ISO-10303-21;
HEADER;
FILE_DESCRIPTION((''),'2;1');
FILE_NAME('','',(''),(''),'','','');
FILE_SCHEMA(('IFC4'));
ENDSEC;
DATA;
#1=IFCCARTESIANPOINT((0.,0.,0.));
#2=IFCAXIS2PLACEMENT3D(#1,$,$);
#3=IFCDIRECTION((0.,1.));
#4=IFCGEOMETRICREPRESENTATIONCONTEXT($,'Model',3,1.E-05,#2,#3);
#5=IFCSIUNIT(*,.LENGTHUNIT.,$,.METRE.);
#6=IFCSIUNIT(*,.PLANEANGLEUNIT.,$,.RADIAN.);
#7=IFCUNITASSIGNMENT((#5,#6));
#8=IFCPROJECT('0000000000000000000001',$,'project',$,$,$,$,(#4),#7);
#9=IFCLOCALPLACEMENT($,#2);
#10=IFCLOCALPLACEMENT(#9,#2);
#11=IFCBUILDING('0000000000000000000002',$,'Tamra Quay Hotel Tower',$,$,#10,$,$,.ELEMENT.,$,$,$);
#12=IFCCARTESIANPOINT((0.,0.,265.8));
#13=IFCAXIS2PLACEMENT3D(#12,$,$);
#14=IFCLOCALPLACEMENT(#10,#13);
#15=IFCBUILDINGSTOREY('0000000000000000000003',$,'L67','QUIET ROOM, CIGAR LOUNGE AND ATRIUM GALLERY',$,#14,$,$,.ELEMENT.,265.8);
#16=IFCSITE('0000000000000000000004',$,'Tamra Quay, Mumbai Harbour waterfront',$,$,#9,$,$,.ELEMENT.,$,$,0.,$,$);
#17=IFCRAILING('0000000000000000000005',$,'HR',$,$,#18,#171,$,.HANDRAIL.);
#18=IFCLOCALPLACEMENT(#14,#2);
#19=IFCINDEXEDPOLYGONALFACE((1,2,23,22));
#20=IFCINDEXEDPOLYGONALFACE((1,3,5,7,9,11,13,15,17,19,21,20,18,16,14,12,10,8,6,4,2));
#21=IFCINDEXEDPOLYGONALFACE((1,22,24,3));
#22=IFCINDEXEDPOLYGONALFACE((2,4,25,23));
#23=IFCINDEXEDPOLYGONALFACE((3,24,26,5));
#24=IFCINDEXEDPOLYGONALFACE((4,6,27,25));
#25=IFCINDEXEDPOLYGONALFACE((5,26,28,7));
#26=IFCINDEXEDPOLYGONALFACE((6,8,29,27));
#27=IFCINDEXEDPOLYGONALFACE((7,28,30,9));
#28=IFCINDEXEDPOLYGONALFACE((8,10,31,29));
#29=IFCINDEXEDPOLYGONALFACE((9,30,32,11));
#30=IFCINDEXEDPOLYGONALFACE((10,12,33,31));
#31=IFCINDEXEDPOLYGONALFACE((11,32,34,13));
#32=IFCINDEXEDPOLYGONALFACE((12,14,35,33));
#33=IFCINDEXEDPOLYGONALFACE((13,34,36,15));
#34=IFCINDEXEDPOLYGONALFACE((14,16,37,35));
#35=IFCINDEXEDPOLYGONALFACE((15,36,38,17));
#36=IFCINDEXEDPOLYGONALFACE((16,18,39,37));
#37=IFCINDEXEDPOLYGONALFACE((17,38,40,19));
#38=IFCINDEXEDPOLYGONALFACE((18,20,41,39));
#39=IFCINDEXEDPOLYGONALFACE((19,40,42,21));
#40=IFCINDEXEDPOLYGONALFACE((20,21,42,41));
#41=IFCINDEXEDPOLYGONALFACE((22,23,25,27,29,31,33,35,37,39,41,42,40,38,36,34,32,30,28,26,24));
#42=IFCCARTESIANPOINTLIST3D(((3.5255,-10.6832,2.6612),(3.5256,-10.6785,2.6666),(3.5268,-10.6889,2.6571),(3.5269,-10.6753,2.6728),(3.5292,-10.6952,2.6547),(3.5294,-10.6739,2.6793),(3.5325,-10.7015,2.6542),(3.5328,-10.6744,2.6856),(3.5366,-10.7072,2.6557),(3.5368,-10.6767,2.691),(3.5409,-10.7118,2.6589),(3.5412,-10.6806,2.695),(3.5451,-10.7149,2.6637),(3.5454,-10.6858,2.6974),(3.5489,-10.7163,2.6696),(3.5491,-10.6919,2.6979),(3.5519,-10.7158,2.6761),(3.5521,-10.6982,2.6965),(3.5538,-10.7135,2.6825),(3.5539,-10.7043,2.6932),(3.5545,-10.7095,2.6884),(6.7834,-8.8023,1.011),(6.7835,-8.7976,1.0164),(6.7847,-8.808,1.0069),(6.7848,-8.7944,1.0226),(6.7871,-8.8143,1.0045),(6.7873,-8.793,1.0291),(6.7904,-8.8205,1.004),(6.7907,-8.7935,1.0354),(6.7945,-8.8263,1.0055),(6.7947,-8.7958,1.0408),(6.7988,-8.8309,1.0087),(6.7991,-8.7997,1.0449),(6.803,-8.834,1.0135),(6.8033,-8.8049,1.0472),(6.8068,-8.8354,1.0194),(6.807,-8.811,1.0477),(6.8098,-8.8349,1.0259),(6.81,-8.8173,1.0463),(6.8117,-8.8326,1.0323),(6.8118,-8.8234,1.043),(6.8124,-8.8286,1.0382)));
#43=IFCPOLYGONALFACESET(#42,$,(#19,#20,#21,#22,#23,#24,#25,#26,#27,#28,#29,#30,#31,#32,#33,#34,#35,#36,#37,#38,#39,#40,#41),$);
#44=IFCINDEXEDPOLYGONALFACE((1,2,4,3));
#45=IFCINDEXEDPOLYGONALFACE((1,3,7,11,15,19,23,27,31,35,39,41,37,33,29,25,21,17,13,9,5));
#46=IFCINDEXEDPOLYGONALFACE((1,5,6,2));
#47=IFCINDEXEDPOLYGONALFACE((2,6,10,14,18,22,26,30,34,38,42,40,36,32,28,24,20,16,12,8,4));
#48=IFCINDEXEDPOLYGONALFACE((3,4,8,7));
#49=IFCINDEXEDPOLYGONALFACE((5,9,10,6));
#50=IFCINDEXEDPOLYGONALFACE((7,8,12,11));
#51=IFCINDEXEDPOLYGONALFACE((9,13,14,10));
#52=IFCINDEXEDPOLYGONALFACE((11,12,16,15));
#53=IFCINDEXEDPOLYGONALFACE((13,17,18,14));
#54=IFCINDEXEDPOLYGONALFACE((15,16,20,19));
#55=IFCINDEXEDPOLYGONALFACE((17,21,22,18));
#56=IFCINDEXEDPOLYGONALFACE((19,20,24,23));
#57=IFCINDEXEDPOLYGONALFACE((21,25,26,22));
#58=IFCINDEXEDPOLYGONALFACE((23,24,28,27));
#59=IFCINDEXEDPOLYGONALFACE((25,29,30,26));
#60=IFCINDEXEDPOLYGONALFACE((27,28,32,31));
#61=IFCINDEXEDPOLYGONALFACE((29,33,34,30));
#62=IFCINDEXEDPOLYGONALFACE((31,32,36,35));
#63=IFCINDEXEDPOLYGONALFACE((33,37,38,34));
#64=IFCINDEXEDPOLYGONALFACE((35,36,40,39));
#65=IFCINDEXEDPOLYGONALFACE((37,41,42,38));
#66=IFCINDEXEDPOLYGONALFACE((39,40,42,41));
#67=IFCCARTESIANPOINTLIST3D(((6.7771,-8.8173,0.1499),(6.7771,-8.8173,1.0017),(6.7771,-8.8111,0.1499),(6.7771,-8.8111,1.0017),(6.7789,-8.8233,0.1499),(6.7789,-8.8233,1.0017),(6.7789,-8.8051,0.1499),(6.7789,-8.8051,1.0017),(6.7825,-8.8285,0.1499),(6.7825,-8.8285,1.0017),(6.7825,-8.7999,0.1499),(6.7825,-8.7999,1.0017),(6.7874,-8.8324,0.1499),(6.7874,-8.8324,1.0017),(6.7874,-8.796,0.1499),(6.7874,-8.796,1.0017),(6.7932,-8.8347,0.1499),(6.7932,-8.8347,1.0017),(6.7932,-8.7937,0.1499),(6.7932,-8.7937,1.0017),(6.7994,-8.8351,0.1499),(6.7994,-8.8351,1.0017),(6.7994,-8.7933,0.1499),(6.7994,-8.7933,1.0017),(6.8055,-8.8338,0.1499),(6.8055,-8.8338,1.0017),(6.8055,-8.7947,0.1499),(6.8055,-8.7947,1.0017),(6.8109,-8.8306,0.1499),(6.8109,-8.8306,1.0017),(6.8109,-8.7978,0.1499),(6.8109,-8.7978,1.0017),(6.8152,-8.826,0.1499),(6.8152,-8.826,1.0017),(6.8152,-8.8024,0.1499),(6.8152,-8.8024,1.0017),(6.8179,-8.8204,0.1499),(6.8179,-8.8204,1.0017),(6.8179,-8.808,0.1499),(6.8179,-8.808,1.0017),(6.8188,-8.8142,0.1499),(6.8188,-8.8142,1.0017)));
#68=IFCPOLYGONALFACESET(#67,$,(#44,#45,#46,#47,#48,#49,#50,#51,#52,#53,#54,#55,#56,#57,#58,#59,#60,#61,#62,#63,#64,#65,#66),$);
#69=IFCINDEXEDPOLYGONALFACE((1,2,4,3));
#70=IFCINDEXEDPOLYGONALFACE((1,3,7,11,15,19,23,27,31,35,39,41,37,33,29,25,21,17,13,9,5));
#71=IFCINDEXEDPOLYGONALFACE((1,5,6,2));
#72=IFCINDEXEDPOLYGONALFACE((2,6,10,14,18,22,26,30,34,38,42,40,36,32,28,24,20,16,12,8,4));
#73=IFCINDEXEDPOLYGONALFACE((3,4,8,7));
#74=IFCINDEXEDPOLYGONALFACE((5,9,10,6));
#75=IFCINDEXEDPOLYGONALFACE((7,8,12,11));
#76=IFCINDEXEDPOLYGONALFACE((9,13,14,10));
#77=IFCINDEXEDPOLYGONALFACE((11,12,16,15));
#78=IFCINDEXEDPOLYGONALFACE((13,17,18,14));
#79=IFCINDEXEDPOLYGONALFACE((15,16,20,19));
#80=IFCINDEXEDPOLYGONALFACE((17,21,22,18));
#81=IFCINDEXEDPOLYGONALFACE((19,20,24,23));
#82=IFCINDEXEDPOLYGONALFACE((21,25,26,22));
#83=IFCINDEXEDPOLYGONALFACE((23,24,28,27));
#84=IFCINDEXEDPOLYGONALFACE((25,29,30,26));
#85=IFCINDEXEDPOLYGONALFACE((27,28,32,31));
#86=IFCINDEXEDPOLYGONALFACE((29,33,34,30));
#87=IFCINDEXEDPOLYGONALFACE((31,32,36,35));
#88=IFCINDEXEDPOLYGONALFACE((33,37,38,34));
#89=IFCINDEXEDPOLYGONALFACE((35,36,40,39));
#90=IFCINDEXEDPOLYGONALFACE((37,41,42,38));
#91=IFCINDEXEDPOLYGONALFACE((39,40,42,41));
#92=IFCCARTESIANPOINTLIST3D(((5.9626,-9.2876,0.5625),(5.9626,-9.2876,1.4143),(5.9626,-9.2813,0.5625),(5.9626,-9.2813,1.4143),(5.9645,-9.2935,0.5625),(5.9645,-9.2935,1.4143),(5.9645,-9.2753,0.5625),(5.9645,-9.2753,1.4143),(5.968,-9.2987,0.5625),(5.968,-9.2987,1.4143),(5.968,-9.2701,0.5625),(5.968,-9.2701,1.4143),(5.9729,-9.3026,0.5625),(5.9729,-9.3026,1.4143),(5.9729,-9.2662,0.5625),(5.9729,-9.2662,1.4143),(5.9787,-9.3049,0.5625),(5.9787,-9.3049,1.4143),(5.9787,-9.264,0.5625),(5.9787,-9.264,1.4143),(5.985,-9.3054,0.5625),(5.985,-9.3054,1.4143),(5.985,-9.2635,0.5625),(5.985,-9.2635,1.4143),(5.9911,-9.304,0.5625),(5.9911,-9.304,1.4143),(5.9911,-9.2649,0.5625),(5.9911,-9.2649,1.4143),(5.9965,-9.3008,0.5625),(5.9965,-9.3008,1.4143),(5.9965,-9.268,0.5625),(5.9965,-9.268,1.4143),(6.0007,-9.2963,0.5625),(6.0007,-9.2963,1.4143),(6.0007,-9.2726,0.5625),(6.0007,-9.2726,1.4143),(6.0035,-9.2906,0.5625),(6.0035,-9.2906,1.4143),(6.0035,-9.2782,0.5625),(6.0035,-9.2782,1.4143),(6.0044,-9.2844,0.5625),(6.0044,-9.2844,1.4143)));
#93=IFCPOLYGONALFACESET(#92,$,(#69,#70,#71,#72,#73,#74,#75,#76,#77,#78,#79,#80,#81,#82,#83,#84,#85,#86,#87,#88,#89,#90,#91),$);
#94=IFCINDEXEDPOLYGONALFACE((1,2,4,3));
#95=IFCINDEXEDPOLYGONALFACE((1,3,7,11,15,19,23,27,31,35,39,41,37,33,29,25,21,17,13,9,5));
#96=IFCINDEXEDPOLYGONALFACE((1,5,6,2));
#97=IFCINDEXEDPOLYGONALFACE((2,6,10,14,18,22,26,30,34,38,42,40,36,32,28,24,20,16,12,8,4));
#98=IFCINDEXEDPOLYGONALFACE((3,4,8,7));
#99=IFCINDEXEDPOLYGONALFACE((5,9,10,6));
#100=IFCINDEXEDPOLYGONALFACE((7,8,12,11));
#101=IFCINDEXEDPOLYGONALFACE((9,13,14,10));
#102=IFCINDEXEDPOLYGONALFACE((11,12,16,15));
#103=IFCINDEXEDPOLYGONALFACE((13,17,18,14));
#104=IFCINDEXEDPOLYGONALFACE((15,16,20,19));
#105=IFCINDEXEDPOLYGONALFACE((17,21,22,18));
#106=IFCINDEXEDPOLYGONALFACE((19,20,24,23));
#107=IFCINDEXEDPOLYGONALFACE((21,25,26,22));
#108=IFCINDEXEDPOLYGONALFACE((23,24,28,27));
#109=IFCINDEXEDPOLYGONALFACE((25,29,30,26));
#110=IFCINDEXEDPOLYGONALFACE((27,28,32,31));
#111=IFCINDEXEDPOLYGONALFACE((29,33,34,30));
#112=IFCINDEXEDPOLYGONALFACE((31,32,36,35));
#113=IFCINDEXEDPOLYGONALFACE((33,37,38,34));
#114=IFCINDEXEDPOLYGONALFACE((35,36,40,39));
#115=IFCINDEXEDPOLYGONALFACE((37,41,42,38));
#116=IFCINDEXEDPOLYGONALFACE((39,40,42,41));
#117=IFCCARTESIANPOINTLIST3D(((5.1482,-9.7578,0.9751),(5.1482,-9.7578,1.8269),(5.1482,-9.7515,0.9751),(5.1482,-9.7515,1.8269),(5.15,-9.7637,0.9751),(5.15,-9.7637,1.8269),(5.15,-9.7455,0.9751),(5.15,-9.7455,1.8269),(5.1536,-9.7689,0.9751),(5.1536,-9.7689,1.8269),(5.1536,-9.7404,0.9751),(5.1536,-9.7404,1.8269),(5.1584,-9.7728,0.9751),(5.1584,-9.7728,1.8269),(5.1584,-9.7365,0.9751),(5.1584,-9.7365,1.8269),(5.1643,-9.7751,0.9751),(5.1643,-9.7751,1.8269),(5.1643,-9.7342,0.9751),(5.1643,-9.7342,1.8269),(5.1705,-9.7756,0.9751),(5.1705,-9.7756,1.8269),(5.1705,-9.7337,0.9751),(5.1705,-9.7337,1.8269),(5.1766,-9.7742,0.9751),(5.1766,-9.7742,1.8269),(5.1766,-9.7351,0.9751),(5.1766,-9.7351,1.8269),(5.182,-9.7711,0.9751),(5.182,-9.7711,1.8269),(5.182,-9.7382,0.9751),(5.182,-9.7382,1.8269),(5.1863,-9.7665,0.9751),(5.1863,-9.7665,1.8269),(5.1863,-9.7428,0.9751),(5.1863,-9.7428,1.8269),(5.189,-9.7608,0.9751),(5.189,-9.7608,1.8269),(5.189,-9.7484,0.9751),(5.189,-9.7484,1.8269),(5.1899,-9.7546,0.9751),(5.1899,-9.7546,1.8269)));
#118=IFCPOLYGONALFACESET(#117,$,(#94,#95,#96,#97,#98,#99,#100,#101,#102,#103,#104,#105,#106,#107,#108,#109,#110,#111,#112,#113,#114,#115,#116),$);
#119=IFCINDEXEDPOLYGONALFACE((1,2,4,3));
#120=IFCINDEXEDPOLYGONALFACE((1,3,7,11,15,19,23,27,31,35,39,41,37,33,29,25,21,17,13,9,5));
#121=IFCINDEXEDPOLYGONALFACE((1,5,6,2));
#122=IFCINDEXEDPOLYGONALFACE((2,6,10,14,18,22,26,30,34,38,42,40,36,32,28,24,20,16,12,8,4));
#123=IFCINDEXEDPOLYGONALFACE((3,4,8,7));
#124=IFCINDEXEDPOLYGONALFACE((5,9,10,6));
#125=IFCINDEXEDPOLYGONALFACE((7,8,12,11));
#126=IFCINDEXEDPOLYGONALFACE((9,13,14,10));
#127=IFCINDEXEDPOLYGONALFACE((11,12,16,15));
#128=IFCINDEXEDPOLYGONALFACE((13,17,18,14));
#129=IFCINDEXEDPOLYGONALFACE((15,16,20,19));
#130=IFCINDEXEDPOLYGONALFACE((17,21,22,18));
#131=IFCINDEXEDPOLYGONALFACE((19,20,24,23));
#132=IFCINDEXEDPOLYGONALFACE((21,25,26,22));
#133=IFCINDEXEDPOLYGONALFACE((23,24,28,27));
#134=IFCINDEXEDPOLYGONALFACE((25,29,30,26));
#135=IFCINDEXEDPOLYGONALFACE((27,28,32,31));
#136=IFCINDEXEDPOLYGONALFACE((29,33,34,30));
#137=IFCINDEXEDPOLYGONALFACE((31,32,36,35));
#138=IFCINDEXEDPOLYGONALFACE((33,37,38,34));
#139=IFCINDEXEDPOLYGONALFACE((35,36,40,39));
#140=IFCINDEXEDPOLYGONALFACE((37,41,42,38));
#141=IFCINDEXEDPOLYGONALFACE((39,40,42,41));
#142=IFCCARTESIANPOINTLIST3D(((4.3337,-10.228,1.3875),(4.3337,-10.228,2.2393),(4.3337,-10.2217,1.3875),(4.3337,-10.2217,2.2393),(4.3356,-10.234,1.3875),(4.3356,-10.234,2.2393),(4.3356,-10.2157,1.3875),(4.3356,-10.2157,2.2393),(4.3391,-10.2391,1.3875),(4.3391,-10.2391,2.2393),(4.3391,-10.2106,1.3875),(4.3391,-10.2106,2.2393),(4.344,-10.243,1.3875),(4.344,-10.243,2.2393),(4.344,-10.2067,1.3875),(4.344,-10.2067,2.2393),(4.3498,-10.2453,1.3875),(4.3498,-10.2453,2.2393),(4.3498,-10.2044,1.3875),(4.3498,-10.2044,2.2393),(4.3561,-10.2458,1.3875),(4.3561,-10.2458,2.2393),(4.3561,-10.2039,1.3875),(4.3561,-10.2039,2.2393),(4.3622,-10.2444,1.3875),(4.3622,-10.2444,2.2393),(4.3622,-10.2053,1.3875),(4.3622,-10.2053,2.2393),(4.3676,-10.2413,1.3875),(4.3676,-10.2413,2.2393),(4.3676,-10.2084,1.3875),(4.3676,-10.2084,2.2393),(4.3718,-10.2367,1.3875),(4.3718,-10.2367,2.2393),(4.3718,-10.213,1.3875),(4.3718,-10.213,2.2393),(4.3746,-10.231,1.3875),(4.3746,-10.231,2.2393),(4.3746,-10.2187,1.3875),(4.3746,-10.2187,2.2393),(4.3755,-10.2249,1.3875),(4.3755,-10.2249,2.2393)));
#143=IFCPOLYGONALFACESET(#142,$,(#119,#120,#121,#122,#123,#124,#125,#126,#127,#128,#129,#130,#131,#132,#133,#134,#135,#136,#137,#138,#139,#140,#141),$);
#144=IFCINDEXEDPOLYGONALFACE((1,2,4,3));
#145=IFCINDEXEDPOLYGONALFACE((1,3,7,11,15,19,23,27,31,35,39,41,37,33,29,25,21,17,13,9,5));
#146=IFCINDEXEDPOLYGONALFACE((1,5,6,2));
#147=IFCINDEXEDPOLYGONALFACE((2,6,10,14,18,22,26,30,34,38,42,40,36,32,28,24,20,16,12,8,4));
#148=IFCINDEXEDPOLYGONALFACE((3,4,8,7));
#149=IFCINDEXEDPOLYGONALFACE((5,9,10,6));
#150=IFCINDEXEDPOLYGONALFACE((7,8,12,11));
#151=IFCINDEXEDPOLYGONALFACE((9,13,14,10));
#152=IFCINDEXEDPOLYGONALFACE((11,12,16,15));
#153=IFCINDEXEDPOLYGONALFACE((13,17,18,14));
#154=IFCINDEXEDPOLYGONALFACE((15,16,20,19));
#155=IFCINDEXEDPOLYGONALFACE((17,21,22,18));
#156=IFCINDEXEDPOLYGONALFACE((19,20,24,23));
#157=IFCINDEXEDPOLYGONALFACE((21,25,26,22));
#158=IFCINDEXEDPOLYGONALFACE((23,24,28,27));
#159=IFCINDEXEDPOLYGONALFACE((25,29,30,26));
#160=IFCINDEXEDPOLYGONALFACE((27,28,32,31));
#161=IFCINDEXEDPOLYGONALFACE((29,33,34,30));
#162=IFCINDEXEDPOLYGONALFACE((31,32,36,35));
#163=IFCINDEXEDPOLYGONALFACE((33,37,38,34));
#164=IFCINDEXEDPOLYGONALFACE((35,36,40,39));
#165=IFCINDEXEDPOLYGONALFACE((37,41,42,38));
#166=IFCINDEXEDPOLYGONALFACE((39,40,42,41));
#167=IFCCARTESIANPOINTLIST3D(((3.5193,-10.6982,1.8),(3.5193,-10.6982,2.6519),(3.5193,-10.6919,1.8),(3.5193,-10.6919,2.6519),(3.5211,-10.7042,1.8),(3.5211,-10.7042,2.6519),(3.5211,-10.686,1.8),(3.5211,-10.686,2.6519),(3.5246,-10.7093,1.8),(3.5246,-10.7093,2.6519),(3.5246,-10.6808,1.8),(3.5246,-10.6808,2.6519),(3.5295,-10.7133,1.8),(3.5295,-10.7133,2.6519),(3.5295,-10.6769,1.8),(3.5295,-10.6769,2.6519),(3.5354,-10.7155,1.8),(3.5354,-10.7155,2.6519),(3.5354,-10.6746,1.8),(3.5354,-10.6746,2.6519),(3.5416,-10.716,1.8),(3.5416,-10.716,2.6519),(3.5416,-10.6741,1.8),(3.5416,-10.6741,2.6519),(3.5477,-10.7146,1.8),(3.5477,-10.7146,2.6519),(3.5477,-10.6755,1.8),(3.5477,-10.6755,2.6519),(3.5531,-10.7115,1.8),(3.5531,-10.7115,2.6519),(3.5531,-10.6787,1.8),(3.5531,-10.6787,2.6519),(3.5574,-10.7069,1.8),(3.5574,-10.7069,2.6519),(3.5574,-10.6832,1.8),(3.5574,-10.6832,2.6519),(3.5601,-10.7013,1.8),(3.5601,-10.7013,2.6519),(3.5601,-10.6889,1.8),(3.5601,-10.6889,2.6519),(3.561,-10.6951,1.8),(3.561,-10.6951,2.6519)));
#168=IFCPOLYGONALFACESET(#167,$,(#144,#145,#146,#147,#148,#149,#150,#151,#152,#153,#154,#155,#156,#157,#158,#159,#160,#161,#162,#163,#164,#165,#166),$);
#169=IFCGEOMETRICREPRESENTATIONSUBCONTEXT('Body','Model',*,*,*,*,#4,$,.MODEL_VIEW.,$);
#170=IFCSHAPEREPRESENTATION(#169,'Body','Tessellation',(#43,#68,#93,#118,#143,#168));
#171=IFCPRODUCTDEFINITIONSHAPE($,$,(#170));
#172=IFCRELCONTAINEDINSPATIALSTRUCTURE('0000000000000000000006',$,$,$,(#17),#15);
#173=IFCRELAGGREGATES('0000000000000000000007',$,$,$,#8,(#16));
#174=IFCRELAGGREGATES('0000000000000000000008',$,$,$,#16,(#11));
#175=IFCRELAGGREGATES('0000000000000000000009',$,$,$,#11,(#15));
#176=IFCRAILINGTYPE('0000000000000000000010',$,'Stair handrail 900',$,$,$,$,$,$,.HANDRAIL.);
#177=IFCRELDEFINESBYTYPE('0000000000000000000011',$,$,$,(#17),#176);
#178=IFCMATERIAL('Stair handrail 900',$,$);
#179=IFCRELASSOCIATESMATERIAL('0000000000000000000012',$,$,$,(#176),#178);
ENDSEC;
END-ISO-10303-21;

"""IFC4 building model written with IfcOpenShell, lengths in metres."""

from ifc_helpers import new_model, si_unit, direction, frame, origin, origin_2d, place, context, subcontext, project, spatial, circle, extrude, material, type_object, element, save


model = new_model("IFC4")

# Units and contexts
model_context = context("Model", 3, precision=1e-05, world=origin(), true_north=direction((0.0, 1.0)))
body_context = subcontext(model_context, "Body", "Model", "MODEL_VIEW")
ifc_project = project(units=[si_unit("LENGTHUNIT", "METRE"), si_unit("PLANEANGLEUNIT", "RADIAN")], contexts=[model_context])

# Site, building, storey
site_placement = place(None, origin())
site = spatial("IfcSite", under=ifc_project, at=site_placement, Name="Tamra Quay, Mumbai Harbour waterfront", CompositionType="ELEMENT", RefElevation=0.0)
building_placement = place(site_placement, origin())
building = spatial("IfcBuilding", under=site, at=building_placement, Name="Tamra Quay Hotel Tower", CompositionType="ELEMENT")
storey_placement = place(building_placement, frame((0.0, 0.0, 265.8)))
storey = spatial("IfcBuildingStorey", under=building, at=storey_placement, Name="L67", Description="QUIET ROOM, CIGAR LOUNGE AND ATRIUM GALLERY", CompositionType="ELEMENT", Elevation=265.8)

# Railing
ifc_material_1 = material(Name="Stair handrail 900")
railing_type_1 = type_object("IfcRailingType", Name="Stair handrail 900", PredefinedType="HANDRAIL", material=ifc_material_1)
railing_1_placement = place(storey_placement, frame((6.7979, -8.8142, 0.1499)))
element("IfcRailing", 1, at=railing_1_placement, inside=storey, type_object=railing_type_1, Name="HR", PredefinedType="HANDRAIL", context=body_context, shape_type="SweptSolid", body=[
    extrude(circle(Radius=0.0239, at=origin_2d()), frame((0.0, 0.0, 0.876), z_axis=(-0.793081, -0.457876, 0.401711), x_axis=(0.499992, -0.86603, 0.0)), (0.0, 0.0, 1.0), 4.1079),
    extrude(circle(Radius=0.021, at=origin_2d()), origin(), (0.0, 0.0, 1.0), 0.8518),
    extrude(circle(Radius=0.021, at=origin_2d()), frame((-0.8145, -0.4702, 0.4126)), (0.0, 0.0, 1.0), 0.8518),
    extrude(circle(Radius=0.021, at=origin_2d()), frame((-1.6289, -0.9404, 0.8252)), (0.0, 0.0, 1.0), 0.8518),
    extrude(circle(Radius=0.021, at=origin_2d()), frame((-2.4434, -1.4106, 1.2375)), (0.0, 0.0, 1.0), 0.8518),
    extrude(circle(Radius=0.021, at=origin_2d()), frame((-3.2578, -1.8809, 1.6501)), (0.0, 0.0, 1.0), 0.8518),
])

save(model, "model.ifc")
